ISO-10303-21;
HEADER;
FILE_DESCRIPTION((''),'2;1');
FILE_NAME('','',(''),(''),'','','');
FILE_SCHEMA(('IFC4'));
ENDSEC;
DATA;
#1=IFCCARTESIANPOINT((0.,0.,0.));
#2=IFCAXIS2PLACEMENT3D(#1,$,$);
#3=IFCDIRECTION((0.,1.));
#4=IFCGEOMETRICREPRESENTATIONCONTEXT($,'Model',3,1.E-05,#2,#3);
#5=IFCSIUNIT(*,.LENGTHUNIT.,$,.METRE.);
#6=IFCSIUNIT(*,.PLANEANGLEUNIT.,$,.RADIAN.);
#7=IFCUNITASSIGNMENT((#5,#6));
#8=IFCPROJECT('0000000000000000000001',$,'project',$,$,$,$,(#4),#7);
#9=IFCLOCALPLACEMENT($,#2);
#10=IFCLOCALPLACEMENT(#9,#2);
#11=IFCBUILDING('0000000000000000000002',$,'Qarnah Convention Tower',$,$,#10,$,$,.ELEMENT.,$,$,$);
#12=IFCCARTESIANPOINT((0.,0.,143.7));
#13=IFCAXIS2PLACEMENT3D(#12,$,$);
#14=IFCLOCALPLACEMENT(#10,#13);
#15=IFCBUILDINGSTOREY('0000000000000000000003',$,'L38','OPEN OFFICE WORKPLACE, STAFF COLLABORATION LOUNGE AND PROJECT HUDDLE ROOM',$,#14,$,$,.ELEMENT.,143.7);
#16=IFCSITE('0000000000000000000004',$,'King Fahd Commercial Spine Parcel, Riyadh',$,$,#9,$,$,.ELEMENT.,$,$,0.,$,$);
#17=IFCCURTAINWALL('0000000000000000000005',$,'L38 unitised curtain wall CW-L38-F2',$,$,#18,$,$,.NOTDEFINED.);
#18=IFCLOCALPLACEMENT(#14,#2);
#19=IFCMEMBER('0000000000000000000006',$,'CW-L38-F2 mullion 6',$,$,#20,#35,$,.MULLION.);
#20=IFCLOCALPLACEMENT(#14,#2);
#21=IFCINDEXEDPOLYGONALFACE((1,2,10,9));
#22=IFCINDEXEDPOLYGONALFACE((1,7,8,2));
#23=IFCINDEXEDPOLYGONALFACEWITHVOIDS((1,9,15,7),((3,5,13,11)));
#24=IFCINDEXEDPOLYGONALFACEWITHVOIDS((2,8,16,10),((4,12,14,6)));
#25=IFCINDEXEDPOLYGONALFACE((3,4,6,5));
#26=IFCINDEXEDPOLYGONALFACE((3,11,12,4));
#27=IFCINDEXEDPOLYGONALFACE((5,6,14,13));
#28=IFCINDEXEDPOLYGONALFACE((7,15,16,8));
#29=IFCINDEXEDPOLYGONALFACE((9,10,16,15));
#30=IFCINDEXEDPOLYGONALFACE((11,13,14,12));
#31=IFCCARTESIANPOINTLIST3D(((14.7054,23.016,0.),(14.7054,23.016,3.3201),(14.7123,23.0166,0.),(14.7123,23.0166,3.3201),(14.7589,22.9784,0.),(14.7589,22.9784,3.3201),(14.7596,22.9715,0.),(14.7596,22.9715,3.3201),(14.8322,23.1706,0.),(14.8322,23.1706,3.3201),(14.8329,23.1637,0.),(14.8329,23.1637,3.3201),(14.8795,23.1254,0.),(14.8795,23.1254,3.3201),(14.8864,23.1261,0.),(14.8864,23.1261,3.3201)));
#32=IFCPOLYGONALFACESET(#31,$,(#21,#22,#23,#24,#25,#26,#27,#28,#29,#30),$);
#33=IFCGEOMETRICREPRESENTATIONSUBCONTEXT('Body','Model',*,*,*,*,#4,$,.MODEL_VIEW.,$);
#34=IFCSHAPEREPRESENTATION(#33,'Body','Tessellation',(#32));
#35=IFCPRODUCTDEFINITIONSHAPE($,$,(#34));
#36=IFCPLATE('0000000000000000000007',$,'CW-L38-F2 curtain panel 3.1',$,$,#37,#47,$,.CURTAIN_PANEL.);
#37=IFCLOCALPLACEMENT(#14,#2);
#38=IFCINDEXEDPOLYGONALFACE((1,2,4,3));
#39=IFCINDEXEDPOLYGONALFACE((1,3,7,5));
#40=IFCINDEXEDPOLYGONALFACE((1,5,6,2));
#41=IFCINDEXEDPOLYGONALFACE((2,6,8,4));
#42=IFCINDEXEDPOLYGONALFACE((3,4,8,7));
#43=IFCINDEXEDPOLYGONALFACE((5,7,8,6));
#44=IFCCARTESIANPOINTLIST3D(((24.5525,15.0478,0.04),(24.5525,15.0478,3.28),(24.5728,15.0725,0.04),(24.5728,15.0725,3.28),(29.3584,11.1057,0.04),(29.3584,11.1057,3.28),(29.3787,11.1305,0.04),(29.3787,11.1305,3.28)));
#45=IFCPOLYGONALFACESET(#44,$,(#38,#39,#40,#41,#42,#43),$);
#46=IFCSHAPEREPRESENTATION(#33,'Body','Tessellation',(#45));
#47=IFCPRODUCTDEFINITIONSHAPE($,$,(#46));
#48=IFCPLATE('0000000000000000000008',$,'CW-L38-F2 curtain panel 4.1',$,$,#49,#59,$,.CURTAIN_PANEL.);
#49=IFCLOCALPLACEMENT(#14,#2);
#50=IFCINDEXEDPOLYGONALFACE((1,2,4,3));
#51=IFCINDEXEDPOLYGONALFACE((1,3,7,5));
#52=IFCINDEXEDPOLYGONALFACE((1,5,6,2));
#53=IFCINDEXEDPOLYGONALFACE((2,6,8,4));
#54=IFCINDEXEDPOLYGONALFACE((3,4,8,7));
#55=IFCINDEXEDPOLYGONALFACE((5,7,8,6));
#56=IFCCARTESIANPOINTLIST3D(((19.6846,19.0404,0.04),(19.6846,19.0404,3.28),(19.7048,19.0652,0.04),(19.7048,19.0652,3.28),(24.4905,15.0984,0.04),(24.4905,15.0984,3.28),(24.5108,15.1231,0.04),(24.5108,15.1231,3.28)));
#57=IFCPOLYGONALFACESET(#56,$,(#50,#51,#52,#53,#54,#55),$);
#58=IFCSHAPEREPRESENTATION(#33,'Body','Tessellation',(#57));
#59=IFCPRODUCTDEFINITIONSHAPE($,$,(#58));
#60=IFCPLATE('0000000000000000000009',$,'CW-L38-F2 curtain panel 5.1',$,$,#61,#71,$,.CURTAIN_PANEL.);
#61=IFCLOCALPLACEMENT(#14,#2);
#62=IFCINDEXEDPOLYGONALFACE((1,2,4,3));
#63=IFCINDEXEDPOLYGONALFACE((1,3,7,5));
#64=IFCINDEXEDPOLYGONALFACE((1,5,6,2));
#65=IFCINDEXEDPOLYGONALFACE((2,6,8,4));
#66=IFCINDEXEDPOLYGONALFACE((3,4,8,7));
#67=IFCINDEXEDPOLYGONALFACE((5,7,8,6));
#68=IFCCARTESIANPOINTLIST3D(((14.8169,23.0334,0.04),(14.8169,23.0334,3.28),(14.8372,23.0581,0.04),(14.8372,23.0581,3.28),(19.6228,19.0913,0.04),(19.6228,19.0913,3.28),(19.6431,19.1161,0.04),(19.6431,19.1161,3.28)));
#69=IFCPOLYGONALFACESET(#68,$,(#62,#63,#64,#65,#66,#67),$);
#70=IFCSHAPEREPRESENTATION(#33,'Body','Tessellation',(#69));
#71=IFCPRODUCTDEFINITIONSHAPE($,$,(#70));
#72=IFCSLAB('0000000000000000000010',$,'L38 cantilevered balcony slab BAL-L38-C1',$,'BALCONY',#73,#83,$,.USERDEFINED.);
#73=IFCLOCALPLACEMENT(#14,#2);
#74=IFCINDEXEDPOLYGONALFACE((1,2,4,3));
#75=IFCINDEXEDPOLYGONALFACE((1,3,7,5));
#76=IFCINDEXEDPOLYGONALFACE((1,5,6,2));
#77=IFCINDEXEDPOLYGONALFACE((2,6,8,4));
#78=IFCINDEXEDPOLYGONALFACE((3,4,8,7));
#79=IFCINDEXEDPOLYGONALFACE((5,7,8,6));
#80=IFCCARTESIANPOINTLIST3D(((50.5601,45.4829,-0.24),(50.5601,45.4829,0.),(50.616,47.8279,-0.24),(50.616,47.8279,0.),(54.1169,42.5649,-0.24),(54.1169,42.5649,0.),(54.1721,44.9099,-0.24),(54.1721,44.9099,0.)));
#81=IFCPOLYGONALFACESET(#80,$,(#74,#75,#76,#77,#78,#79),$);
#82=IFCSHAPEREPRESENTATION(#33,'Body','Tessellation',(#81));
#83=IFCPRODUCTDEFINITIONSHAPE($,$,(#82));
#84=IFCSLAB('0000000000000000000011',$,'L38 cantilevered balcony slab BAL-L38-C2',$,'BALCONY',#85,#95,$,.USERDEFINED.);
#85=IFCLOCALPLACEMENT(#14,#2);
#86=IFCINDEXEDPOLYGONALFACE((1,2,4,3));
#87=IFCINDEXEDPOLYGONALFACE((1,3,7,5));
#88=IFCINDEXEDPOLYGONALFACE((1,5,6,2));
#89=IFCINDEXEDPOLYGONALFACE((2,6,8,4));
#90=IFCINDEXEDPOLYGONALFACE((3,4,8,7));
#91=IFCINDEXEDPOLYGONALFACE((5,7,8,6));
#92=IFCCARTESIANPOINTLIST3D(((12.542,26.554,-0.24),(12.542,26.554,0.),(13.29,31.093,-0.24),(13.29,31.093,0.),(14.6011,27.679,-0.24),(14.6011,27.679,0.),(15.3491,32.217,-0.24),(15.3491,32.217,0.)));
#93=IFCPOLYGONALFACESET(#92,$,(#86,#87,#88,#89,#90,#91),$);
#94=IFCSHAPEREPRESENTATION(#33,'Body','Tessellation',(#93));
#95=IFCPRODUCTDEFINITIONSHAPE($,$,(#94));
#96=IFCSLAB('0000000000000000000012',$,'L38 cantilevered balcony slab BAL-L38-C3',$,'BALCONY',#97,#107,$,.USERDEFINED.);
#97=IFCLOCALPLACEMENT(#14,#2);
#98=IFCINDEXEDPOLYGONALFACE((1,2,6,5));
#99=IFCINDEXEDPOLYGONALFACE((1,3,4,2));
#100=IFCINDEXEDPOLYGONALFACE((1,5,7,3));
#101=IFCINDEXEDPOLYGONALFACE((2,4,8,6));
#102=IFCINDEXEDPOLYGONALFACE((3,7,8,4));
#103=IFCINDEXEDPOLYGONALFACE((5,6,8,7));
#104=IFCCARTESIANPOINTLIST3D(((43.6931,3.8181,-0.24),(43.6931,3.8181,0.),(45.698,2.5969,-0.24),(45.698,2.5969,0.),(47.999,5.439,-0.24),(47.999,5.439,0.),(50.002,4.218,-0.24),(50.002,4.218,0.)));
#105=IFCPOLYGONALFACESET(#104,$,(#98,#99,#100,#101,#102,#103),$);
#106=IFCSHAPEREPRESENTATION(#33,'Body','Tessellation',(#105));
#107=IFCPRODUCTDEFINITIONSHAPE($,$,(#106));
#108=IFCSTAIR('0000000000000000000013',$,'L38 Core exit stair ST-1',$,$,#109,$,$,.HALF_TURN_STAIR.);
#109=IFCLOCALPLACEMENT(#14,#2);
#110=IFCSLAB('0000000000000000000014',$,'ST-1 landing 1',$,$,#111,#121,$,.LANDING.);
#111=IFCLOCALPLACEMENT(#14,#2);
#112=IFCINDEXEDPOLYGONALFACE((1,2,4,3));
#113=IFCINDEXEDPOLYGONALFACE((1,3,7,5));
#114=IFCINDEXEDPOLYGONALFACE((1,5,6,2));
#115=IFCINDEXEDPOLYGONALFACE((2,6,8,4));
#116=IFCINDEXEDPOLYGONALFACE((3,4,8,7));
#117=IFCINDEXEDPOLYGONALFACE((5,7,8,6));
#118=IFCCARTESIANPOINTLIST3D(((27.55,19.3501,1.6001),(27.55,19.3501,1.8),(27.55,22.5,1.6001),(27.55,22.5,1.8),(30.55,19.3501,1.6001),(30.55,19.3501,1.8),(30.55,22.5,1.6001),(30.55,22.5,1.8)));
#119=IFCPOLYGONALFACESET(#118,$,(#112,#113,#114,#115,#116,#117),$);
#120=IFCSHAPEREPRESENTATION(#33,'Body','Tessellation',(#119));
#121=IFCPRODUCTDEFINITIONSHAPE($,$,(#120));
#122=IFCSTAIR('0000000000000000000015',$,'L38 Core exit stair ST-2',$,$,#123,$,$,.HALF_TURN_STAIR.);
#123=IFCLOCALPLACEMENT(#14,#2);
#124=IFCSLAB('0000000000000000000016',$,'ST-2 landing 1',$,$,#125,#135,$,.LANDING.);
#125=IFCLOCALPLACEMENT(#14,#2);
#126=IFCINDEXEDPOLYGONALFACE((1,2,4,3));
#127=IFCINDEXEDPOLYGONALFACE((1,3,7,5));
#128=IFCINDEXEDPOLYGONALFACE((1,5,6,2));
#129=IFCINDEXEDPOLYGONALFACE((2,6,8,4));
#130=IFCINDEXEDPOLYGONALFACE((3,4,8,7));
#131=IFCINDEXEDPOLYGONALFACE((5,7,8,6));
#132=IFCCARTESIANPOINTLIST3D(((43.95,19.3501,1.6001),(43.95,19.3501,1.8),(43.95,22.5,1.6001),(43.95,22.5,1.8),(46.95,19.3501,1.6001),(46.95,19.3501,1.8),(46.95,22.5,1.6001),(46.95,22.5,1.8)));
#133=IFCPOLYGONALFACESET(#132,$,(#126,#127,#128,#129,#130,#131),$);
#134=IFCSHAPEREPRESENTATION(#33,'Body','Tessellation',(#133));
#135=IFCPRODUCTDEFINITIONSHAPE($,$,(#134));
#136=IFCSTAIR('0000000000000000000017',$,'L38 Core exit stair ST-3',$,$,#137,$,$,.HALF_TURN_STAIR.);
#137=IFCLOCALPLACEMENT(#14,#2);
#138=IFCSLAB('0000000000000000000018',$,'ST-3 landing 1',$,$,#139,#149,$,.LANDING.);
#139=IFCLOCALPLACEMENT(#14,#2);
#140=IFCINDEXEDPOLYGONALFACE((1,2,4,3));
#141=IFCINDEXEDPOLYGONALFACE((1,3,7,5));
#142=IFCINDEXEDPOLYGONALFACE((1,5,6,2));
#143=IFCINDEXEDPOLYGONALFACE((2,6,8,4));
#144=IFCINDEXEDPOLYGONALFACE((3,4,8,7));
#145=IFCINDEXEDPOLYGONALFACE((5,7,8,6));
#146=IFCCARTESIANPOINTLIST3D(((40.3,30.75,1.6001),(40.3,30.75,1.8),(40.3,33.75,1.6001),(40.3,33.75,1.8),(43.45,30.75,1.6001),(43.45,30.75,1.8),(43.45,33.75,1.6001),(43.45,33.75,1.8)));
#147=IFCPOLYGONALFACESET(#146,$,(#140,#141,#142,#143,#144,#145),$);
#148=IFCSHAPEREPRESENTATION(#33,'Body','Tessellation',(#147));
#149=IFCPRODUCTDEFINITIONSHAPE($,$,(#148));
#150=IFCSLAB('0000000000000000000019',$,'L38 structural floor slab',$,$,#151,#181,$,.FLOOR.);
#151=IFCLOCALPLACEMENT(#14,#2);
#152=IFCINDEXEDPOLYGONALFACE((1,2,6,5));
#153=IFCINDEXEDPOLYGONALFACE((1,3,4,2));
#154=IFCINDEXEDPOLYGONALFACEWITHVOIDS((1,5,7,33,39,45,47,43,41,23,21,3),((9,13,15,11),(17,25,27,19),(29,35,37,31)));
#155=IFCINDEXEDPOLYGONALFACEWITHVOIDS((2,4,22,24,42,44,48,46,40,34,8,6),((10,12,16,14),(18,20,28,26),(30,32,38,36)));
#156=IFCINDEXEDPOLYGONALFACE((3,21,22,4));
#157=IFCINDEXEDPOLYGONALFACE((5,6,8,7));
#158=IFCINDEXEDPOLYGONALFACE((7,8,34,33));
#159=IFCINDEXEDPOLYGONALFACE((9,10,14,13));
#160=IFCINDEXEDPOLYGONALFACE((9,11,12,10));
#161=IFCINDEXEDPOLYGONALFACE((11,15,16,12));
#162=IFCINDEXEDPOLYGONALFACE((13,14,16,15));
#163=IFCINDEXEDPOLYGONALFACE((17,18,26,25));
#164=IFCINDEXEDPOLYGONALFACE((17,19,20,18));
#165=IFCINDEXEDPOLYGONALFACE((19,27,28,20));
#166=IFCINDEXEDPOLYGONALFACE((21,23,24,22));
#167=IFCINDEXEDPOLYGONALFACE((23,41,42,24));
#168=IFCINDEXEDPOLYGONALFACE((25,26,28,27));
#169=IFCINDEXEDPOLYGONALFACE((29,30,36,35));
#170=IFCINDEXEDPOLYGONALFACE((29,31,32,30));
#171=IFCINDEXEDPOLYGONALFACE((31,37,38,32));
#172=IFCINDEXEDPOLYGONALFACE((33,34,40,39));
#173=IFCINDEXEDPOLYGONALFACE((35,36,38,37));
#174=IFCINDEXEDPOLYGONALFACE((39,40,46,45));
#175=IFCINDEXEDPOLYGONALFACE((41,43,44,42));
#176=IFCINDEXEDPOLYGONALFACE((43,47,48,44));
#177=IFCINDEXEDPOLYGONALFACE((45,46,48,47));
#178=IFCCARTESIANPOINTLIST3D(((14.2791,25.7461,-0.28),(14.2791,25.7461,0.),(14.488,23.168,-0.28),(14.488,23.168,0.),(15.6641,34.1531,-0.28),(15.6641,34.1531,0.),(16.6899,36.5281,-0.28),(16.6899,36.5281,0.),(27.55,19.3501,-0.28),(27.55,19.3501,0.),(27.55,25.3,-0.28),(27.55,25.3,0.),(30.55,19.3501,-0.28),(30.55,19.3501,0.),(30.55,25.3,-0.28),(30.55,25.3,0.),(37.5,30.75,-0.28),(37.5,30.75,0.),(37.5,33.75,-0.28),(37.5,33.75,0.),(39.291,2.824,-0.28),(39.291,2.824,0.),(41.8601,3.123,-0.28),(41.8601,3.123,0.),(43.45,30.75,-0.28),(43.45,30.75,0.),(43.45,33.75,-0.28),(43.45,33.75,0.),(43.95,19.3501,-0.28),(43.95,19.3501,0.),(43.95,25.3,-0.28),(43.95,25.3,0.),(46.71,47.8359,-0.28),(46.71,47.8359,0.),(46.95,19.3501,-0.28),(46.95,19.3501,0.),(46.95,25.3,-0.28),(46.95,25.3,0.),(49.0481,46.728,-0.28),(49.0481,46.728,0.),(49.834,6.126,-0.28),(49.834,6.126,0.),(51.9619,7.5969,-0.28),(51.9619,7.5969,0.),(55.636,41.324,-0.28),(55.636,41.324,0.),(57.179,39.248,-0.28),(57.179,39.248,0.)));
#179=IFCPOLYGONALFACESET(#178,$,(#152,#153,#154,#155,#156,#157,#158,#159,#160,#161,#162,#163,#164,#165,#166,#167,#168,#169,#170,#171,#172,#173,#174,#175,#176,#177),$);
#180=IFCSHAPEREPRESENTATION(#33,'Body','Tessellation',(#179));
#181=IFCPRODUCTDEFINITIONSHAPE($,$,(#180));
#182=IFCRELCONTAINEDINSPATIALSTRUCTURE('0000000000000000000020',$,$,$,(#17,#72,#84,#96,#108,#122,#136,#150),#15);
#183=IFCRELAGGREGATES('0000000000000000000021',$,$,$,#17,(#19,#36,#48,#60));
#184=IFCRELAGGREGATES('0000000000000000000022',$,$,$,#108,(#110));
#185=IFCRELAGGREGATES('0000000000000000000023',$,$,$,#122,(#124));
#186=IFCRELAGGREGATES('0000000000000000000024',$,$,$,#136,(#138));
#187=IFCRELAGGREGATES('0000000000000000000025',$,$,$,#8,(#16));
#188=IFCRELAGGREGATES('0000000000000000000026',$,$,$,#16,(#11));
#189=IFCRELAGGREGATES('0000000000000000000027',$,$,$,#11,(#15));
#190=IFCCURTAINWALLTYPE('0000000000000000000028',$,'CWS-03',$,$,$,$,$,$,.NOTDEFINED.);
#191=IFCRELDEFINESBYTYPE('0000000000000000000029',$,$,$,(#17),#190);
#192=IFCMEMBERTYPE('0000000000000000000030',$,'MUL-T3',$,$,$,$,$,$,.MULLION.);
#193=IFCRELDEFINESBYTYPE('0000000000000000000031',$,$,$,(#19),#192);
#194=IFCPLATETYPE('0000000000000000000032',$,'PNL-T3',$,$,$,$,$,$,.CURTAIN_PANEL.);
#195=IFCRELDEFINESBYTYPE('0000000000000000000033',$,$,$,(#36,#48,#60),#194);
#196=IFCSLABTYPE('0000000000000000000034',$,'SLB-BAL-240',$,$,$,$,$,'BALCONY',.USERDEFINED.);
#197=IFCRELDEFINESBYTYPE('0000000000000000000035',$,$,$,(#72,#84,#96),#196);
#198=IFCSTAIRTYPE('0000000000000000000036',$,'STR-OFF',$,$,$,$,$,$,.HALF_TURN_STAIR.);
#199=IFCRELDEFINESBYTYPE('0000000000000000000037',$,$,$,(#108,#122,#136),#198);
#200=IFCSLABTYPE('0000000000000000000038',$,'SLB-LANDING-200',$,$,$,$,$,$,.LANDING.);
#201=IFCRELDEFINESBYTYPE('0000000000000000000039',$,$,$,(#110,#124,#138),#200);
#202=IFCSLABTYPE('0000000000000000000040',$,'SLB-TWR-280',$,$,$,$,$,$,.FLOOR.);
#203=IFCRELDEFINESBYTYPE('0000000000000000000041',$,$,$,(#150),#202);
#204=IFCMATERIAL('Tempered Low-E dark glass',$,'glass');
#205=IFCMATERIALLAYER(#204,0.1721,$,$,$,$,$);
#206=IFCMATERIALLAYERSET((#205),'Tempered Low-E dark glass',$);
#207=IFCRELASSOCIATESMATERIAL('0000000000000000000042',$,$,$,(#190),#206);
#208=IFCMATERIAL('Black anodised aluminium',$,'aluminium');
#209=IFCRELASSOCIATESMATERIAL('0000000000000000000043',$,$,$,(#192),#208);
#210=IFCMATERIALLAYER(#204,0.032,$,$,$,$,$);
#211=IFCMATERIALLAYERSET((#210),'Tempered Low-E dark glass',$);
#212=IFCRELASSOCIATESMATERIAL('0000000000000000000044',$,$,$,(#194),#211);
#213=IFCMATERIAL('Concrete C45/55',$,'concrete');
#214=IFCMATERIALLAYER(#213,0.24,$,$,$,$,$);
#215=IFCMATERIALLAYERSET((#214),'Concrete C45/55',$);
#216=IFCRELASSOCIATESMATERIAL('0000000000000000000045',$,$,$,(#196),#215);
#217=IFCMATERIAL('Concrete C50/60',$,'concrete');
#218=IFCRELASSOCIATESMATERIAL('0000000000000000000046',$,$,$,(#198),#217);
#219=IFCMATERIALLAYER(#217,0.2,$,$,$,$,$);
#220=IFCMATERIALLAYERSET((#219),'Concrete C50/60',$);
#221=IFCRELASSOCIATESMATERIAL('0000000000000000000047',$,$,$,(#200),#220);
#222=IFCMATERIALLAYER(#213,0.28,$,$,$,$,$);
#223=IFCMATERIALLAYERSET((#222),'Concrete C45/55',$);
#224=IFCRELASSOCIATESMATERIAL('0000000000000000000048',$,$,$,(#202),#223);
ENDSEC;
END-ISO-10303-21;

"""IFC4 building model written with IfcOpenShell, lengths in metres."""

from ifc_helpers import new_model, si_unit, direction, frame, origin, origin_2d, place, context, subcontext, project, spatial, polyline, rectangle, hollow_rectangle, outline, extrude, material, layer, layer_set, material_profile, profile_set, type_object, element, aggregate, save


model = new_model("IFC4")

# Units and contexts
model_context = context("Model", 3, precision=1e-05, world=origin(), true_north=direction((0.0, 1.0)))
body_context = subcontext(model_context, "Body", "Model", "MODEL_VIEW")
ifc_project = project(units=[si_unit("LENGTHUNIT", "METRE"), si_unit("PLANEANGLEUNIT", "RADIAN")], contexts=[model_context])

# Site, building, storey
site_placement = place(None, origin())
site = spatial("IfcSite", under=ifc_project, at=site_placement, Name="King Fahd Commercial Spine Parcel, Riyadh", CompositionType="ELEMENT", RefElevation=0.0)
building_placement = place(site_placement, origin())
building = spatial("IfcBuilding", under=site, at=building_placement, Name="Qarnah Convention Tower", CompositionType="ELEMENT")
storey_placement = place(building_placement, frame((0.0, 0.0, 143.7)))
storey = spatial("IfcBuildingStorey", under=building, at=storey_placement, Name="L38", Description="OPEN OFFICE WORKPLACE, STAFF COLLABORATION LOUNGE AND PROJECT HUDDLE ROOM", CompositionType="ELEMENT", Elevation=143.7)

# Curtain wall, member, plates
ifc_material_1 = material(Name="Tempered Low-E dark glass", Category="glass")
ifc_layer_1 = layer(ifc_material_1, 0.1721)
ifc_layer_set_1 = layer_set([ifc_layer_1], Name="Tempered Low-E dark glass")
curtain_wall_type = type_object("IfcCurtainWallType", Name="CWS-03", PredefinedType="NOTDEFINED", material=ifc_layer_set_1)
curtain_wall_placement = place(storey_placement, origin())
curtain_wall = element("IfcCurtainWall", 1, at=curtain_wall_placement, inside=storey, type_object=curtain_wall_type, Name="L38 unitised curtain wall CW-L38-F2", PredefinedType="NOTDEFINED")
ifc_material_2 = material(Name="Black anodised aluminium", Category="aluminium")
ifc_material_profile_1 = material_profile(ifc_material_2, hollow_rectangle(XDim=0.0701, YDim=0.2, WallThickness=0.0049, at=origin_2d()), Name="MUL-70X200")
ifc_profile_set_1 = profile_set([ifc_material_profile_1], Name="Black anodised aluminium")
member_type = type_object("IfcMemberType", Name="MUL-T3", PredefinedType="MULLION", material=ifc_profile_set_1)
member_1_placement = place(storey_placement, frame((14.7959, 23.071, 0.0), z_axis=(0.0, 0.0, 1.0), x_axis=(-0.773174, 0.634194, 0.0)))
member_1 = element("IfcMember", 2, at=member_1_placement, type_object=member_type, Name="CW-L38-F2 mullion 6", PredefinedType="MULLION", context=body_context, shape_type="SweptSolid", body=[
    extrude(hollow_rectangle(XDim=0.0701, YDim=0.2, WallThickness=0.0049, at=origin_2d()), origin(), (0.0, 0.0, 1.0), 3.3201),
])
ifc_layer_2 = layer(ifc_material_1, 0.032)
ifc_layer_set_2 = layer_set([ifc_layer_2], Name="Tempered Low-E dark glass")
plate_type = type_object("IfcPlateType", Name="PNL-T3", PredefinedType="CURTAIN_PANEL", material=ifc_layer_set_2)
plate_1_placement = place(storey_placement, frame((26.9656, 13.0891, 0.04), z_axis=(0.0, 0.0, 1.0), x_axis=(-0.773174, 0.634194, 0.0)))
plate_1 = element("IfcPlate", 3, at=plate_1_placement, type_object=plate_type, Name="CW-L38-F2 curtain panel 3.1", PredefinedType="CURTAIN_PANEL", context=body_context, shape_type="SweptSolid", body=[
    extrude(rectangle(XDim=6.2158, YDim=0.032, at=origin_2d()), origin(), (0.0, 0.0, 1.0), 3.24),
])
plate_2_placement = place(storey_placement, frame((22.0977, 17.0818, 0.04), z_axis=(0.0, 0.0, 1.0), x_axis=(-0.773174, 0.634194, 0.0)))
plate_2 = element("IfcPlate", 4, at=plate_2_placement, type_object=plate_type, Name="CW-L38-F2 curtain panel 4.1", PredefinedType="CURTAIN_PANEL", context=body_context, shape_type="SweptSolid", body=[
    extrude(rectangle(XDim=6.2158, YDim=0.032, at=origin_2d()), origin(), (0.0, 0.0, 1.0), 3.24),
])
plate_3_placement = place(storey_placement, frame((17.23, 21.0747, 0.04), z_axis=(0.0, 0.0, 1.0), x_axis=(-0.773174, 0.634194, 0.0)))
plate_3 = element("IfcPlate", 5, at=plate_3_placement, type_object=plate_type, Name="CW-L38-F2 curtain panel 5.1", PredefinedType="CURTAIN_PANEL", context=body_context, shape_type="SweptSolid", body=[
    extrude(rectangle(XDim=6.2158, YDim=0.032, at=origin_2d()), origin(), (0.0, 0.0, 1.0), 3.24),
])
aggregate(curtain_wall, [member_1, plate_1, plate_2, plate_3])

# Slabs
ifc_material_3 = material(Name="Concrete C45/55", Category="concrete")
ifc_layer_3 = layer(ifc_material_3, 0.24)
ifc_layer_set_3 = layer_set([ifc_layer_3], Name="Concrete C45/55")
slab_type_1 = type_object("IfcSlabType", Name="SLB-BAL-240", ElementType="BALCONY", PredefinedType="USERDEFINED", material=ifc_layer_set_3)
slab_1_placement = place(storey_placement, frame((0.0, 0.0, -0.24)))
element("IfcSlab", 6, at=slab_1_placement, inside=storey, type_object=slab_type_1, Name="L38 cantilevered balcony slab BAL-L38-C1", ObjectType="BALCONY", PredefinedType="USERDEFINED", context=body_context, shape_type="SweptSolid", body=[
    extrude(outline(polyline([(50.616, 47.8279), (54.1721, 44.9099), (54.1169, 42.5649), (50.5601, 45.4829), (50.616, 47.8279)])), origin(), (0.0, 0.0, 1.0), 0.24),
])
slab_2_placement = place(storey_placement, frame((0.0, 0.0, -0.24)))
element("IfcSlab", 7, at=slab_2_placement, inside=storey, type_object=slab_type_1, Name="L38 cantilevered balcony slab BAL-L38-C2", ObjectType="BALCONY", PredefinedType="USERDEFINED", context=body_context, shape_type="SweptSolid", body=[
    extrude(outline(polyline([(12.542, 26.554), (13.29, 31.093), (15.3491, 32.217), (14.6011, 27.679), (12.542, 26.554)])), origin(), (0.0, 0.0, 1.0), 0.24),
])
slab_3_placement = place(storey_placement, frame((0.0, 0.0, -0.24)))
element("IfcSlab", 8, at=slab_3_placement, inside=storey, type_object=slab_type_1, Name="L38 cantilevered balcony slab BAL-L38-C3", ObjectType="BALCONY", PredefinedType="USERDEFINED", context=body_context, shape_type="SweptSolid", body=[
    extrude(outline(polyline([(50.002, 4.218), (45.698, 2.5969), (43.6931, 3.8181), (47.999, 5.439), (50.002, 4.218)])), origin(), (0.0, 0.0, 1.0), 0.24),
])

# Stairs, slabs
ifc_material_4 = material(Name="Concrete C50/60", Category="concrete")
stair_type = type_object("IfcStairType", Name="STR-OFF", PredefinedType="HALF_TURN_STAIR", material=ifc_material_4)
stair_1_placement = place(storey_placement, origin())
stair_1 = element("IfcStair", 9, at=stair_1_placement, inside=storey, type_object=stair_type, Name="L38 Core exit stair ST-1", PredefinedType="HALF_TURN_STAIR")
ifc_layer_4 = layer(ifc_material_4, 0.2)
ifc_layer_set_4 = layer_set([ifc_layer_4], Name="Concrete C50/60")
slab_type_2 = type_object("IfcSlabType", Name="SLB-LANDING-200", PredefinedType="LANDING", material=ifc_layer_set_4)
slab_4_placement = place(storey_placement, frame((0.0, 0.0, 1.6001)))
slab_4 = element("IfcSlab", 10, at=slab_4_placement, type_object=slab_type_2, Name="ST-1 landing 1", PredefinedType="LANDING", context=body_context, shape_type="SweptSolid", body=[
    extrude(outline(polyline([(27.55, 22.5), (27.55, 19.3501), (30.55, 19.3501), (30.55, 22.5), (27.55, 22.5)])), origin(), (0.0, 0.0, 1.0), 0.2),
])
aggregate(stair_1, [slab_4])
stair_2_placement = place(storey_placement, origin())
stair_2 = element("IfcStair", 11, at=stair_2_placement, inside=storey, type_object=stair_type, Name="L38 Core exit stair ST-2", PredefinedType="HALF_TURN_STAIR")
slab_5_placement = place(storey_placement, frame((0.0, 0.0, 1.6001)))
slab_5 = element("IfcSlab", 12, at=slab_5_placement, type_object=slab_type_2, Name="ST-2 landing 1", PredefinedType="LANDING", context=body_context, shape_type="SweptSolid", body=[
    extrude(outline(polyline([(43.95, 22.5), (43.95, 19.3501), (46.95, 19.3501), (46.95, 22.5), (43.95, 22.5)])), origin(), (0.0, 0.0, 1.0), 0.2),
])
aggregate(stair_2, [slab_5])
stair_3_placement = place(storey_placement, origin())
stair_3 = element("IfcStair", 13, at=stair_3_placement, inside=storey, type_object=stair_type, Name="L38 Core exit stair ST-3", PredefinedType="HALF_TURN_STAIR")
slab_6_placement = place(storey_placement, frame((0.0, 0.0, 1.6001)))
slab_6 = element("IfcSlab", 14, at=slab_6_placement, type_object=slab_type_2, Name="ST-3 landing 1", PredefinedType="LANDING", context=body_context, shape_type="SweptSolid", body=[
    extrude(outline(polyline([(40.3, 30.75), (43.45, 30.75), (43.45, 33.75), (40.3, 33.75), (40.3, 30.75)])), origin(), (0.0, 0.0, 1.0), 0.2),
])
aggregate(stair_3, [slab_6])

# Slab
ifc_layer_5 = layer(ifc_material_3, 0.28)
ifc_layer_set_5 = layer_set([ifc_layer_5], Name="Concrete C45/55")
slab_type_3 = type_object("IfcSlabType", Name="SLB-TWR-280", PredefinedType="FLOOR", material=ifc_layer_set_5)
slab_7_placement = place(storey_placement, frame((0.0, 0.0, -0.28)))
element("IfcSlab", 15, at=slab_7_placement, inside=storey, type_object=slab_type_3, Name="L38 structural floor slab", PredefinedType="FLOOR", context=body_context, shape_type="SweptSolid", body=[
    extrude(outline(polyline([(46.71, 47.8359), (16.6899, 36.5281), (15.6641, 34.1531), (14.2791, 25.7461), (14.488, 23.168), (39.291, 2.824), (41.8601, 3.123), (49.834, 6.126), (51.9619, 7.5969), (57.179, 39.248), (55.636, 41.324), (49.0481, 46.728), (46.71, 47.8359)]), holes=[polyline([(27.55, 25.3), (27.55, 19.3501), (30.55, 19.3501), (30.55, 25.3), (27.55, 25.3)]), polyline([(43.95, 25.3), (43.95, 19.3501), (46.95, 19.3501), (46.95, 25.3), (43.95, 25.3)]), polyline([(37.5, 30.75), (43.45, 30.75), (43.45, 33.75), (37.5, 33.75), (37.5, 30.75)])]), origin(), (0.0, 0.0, 1.0), 0.28),
])

save(model, "model.ifc")
